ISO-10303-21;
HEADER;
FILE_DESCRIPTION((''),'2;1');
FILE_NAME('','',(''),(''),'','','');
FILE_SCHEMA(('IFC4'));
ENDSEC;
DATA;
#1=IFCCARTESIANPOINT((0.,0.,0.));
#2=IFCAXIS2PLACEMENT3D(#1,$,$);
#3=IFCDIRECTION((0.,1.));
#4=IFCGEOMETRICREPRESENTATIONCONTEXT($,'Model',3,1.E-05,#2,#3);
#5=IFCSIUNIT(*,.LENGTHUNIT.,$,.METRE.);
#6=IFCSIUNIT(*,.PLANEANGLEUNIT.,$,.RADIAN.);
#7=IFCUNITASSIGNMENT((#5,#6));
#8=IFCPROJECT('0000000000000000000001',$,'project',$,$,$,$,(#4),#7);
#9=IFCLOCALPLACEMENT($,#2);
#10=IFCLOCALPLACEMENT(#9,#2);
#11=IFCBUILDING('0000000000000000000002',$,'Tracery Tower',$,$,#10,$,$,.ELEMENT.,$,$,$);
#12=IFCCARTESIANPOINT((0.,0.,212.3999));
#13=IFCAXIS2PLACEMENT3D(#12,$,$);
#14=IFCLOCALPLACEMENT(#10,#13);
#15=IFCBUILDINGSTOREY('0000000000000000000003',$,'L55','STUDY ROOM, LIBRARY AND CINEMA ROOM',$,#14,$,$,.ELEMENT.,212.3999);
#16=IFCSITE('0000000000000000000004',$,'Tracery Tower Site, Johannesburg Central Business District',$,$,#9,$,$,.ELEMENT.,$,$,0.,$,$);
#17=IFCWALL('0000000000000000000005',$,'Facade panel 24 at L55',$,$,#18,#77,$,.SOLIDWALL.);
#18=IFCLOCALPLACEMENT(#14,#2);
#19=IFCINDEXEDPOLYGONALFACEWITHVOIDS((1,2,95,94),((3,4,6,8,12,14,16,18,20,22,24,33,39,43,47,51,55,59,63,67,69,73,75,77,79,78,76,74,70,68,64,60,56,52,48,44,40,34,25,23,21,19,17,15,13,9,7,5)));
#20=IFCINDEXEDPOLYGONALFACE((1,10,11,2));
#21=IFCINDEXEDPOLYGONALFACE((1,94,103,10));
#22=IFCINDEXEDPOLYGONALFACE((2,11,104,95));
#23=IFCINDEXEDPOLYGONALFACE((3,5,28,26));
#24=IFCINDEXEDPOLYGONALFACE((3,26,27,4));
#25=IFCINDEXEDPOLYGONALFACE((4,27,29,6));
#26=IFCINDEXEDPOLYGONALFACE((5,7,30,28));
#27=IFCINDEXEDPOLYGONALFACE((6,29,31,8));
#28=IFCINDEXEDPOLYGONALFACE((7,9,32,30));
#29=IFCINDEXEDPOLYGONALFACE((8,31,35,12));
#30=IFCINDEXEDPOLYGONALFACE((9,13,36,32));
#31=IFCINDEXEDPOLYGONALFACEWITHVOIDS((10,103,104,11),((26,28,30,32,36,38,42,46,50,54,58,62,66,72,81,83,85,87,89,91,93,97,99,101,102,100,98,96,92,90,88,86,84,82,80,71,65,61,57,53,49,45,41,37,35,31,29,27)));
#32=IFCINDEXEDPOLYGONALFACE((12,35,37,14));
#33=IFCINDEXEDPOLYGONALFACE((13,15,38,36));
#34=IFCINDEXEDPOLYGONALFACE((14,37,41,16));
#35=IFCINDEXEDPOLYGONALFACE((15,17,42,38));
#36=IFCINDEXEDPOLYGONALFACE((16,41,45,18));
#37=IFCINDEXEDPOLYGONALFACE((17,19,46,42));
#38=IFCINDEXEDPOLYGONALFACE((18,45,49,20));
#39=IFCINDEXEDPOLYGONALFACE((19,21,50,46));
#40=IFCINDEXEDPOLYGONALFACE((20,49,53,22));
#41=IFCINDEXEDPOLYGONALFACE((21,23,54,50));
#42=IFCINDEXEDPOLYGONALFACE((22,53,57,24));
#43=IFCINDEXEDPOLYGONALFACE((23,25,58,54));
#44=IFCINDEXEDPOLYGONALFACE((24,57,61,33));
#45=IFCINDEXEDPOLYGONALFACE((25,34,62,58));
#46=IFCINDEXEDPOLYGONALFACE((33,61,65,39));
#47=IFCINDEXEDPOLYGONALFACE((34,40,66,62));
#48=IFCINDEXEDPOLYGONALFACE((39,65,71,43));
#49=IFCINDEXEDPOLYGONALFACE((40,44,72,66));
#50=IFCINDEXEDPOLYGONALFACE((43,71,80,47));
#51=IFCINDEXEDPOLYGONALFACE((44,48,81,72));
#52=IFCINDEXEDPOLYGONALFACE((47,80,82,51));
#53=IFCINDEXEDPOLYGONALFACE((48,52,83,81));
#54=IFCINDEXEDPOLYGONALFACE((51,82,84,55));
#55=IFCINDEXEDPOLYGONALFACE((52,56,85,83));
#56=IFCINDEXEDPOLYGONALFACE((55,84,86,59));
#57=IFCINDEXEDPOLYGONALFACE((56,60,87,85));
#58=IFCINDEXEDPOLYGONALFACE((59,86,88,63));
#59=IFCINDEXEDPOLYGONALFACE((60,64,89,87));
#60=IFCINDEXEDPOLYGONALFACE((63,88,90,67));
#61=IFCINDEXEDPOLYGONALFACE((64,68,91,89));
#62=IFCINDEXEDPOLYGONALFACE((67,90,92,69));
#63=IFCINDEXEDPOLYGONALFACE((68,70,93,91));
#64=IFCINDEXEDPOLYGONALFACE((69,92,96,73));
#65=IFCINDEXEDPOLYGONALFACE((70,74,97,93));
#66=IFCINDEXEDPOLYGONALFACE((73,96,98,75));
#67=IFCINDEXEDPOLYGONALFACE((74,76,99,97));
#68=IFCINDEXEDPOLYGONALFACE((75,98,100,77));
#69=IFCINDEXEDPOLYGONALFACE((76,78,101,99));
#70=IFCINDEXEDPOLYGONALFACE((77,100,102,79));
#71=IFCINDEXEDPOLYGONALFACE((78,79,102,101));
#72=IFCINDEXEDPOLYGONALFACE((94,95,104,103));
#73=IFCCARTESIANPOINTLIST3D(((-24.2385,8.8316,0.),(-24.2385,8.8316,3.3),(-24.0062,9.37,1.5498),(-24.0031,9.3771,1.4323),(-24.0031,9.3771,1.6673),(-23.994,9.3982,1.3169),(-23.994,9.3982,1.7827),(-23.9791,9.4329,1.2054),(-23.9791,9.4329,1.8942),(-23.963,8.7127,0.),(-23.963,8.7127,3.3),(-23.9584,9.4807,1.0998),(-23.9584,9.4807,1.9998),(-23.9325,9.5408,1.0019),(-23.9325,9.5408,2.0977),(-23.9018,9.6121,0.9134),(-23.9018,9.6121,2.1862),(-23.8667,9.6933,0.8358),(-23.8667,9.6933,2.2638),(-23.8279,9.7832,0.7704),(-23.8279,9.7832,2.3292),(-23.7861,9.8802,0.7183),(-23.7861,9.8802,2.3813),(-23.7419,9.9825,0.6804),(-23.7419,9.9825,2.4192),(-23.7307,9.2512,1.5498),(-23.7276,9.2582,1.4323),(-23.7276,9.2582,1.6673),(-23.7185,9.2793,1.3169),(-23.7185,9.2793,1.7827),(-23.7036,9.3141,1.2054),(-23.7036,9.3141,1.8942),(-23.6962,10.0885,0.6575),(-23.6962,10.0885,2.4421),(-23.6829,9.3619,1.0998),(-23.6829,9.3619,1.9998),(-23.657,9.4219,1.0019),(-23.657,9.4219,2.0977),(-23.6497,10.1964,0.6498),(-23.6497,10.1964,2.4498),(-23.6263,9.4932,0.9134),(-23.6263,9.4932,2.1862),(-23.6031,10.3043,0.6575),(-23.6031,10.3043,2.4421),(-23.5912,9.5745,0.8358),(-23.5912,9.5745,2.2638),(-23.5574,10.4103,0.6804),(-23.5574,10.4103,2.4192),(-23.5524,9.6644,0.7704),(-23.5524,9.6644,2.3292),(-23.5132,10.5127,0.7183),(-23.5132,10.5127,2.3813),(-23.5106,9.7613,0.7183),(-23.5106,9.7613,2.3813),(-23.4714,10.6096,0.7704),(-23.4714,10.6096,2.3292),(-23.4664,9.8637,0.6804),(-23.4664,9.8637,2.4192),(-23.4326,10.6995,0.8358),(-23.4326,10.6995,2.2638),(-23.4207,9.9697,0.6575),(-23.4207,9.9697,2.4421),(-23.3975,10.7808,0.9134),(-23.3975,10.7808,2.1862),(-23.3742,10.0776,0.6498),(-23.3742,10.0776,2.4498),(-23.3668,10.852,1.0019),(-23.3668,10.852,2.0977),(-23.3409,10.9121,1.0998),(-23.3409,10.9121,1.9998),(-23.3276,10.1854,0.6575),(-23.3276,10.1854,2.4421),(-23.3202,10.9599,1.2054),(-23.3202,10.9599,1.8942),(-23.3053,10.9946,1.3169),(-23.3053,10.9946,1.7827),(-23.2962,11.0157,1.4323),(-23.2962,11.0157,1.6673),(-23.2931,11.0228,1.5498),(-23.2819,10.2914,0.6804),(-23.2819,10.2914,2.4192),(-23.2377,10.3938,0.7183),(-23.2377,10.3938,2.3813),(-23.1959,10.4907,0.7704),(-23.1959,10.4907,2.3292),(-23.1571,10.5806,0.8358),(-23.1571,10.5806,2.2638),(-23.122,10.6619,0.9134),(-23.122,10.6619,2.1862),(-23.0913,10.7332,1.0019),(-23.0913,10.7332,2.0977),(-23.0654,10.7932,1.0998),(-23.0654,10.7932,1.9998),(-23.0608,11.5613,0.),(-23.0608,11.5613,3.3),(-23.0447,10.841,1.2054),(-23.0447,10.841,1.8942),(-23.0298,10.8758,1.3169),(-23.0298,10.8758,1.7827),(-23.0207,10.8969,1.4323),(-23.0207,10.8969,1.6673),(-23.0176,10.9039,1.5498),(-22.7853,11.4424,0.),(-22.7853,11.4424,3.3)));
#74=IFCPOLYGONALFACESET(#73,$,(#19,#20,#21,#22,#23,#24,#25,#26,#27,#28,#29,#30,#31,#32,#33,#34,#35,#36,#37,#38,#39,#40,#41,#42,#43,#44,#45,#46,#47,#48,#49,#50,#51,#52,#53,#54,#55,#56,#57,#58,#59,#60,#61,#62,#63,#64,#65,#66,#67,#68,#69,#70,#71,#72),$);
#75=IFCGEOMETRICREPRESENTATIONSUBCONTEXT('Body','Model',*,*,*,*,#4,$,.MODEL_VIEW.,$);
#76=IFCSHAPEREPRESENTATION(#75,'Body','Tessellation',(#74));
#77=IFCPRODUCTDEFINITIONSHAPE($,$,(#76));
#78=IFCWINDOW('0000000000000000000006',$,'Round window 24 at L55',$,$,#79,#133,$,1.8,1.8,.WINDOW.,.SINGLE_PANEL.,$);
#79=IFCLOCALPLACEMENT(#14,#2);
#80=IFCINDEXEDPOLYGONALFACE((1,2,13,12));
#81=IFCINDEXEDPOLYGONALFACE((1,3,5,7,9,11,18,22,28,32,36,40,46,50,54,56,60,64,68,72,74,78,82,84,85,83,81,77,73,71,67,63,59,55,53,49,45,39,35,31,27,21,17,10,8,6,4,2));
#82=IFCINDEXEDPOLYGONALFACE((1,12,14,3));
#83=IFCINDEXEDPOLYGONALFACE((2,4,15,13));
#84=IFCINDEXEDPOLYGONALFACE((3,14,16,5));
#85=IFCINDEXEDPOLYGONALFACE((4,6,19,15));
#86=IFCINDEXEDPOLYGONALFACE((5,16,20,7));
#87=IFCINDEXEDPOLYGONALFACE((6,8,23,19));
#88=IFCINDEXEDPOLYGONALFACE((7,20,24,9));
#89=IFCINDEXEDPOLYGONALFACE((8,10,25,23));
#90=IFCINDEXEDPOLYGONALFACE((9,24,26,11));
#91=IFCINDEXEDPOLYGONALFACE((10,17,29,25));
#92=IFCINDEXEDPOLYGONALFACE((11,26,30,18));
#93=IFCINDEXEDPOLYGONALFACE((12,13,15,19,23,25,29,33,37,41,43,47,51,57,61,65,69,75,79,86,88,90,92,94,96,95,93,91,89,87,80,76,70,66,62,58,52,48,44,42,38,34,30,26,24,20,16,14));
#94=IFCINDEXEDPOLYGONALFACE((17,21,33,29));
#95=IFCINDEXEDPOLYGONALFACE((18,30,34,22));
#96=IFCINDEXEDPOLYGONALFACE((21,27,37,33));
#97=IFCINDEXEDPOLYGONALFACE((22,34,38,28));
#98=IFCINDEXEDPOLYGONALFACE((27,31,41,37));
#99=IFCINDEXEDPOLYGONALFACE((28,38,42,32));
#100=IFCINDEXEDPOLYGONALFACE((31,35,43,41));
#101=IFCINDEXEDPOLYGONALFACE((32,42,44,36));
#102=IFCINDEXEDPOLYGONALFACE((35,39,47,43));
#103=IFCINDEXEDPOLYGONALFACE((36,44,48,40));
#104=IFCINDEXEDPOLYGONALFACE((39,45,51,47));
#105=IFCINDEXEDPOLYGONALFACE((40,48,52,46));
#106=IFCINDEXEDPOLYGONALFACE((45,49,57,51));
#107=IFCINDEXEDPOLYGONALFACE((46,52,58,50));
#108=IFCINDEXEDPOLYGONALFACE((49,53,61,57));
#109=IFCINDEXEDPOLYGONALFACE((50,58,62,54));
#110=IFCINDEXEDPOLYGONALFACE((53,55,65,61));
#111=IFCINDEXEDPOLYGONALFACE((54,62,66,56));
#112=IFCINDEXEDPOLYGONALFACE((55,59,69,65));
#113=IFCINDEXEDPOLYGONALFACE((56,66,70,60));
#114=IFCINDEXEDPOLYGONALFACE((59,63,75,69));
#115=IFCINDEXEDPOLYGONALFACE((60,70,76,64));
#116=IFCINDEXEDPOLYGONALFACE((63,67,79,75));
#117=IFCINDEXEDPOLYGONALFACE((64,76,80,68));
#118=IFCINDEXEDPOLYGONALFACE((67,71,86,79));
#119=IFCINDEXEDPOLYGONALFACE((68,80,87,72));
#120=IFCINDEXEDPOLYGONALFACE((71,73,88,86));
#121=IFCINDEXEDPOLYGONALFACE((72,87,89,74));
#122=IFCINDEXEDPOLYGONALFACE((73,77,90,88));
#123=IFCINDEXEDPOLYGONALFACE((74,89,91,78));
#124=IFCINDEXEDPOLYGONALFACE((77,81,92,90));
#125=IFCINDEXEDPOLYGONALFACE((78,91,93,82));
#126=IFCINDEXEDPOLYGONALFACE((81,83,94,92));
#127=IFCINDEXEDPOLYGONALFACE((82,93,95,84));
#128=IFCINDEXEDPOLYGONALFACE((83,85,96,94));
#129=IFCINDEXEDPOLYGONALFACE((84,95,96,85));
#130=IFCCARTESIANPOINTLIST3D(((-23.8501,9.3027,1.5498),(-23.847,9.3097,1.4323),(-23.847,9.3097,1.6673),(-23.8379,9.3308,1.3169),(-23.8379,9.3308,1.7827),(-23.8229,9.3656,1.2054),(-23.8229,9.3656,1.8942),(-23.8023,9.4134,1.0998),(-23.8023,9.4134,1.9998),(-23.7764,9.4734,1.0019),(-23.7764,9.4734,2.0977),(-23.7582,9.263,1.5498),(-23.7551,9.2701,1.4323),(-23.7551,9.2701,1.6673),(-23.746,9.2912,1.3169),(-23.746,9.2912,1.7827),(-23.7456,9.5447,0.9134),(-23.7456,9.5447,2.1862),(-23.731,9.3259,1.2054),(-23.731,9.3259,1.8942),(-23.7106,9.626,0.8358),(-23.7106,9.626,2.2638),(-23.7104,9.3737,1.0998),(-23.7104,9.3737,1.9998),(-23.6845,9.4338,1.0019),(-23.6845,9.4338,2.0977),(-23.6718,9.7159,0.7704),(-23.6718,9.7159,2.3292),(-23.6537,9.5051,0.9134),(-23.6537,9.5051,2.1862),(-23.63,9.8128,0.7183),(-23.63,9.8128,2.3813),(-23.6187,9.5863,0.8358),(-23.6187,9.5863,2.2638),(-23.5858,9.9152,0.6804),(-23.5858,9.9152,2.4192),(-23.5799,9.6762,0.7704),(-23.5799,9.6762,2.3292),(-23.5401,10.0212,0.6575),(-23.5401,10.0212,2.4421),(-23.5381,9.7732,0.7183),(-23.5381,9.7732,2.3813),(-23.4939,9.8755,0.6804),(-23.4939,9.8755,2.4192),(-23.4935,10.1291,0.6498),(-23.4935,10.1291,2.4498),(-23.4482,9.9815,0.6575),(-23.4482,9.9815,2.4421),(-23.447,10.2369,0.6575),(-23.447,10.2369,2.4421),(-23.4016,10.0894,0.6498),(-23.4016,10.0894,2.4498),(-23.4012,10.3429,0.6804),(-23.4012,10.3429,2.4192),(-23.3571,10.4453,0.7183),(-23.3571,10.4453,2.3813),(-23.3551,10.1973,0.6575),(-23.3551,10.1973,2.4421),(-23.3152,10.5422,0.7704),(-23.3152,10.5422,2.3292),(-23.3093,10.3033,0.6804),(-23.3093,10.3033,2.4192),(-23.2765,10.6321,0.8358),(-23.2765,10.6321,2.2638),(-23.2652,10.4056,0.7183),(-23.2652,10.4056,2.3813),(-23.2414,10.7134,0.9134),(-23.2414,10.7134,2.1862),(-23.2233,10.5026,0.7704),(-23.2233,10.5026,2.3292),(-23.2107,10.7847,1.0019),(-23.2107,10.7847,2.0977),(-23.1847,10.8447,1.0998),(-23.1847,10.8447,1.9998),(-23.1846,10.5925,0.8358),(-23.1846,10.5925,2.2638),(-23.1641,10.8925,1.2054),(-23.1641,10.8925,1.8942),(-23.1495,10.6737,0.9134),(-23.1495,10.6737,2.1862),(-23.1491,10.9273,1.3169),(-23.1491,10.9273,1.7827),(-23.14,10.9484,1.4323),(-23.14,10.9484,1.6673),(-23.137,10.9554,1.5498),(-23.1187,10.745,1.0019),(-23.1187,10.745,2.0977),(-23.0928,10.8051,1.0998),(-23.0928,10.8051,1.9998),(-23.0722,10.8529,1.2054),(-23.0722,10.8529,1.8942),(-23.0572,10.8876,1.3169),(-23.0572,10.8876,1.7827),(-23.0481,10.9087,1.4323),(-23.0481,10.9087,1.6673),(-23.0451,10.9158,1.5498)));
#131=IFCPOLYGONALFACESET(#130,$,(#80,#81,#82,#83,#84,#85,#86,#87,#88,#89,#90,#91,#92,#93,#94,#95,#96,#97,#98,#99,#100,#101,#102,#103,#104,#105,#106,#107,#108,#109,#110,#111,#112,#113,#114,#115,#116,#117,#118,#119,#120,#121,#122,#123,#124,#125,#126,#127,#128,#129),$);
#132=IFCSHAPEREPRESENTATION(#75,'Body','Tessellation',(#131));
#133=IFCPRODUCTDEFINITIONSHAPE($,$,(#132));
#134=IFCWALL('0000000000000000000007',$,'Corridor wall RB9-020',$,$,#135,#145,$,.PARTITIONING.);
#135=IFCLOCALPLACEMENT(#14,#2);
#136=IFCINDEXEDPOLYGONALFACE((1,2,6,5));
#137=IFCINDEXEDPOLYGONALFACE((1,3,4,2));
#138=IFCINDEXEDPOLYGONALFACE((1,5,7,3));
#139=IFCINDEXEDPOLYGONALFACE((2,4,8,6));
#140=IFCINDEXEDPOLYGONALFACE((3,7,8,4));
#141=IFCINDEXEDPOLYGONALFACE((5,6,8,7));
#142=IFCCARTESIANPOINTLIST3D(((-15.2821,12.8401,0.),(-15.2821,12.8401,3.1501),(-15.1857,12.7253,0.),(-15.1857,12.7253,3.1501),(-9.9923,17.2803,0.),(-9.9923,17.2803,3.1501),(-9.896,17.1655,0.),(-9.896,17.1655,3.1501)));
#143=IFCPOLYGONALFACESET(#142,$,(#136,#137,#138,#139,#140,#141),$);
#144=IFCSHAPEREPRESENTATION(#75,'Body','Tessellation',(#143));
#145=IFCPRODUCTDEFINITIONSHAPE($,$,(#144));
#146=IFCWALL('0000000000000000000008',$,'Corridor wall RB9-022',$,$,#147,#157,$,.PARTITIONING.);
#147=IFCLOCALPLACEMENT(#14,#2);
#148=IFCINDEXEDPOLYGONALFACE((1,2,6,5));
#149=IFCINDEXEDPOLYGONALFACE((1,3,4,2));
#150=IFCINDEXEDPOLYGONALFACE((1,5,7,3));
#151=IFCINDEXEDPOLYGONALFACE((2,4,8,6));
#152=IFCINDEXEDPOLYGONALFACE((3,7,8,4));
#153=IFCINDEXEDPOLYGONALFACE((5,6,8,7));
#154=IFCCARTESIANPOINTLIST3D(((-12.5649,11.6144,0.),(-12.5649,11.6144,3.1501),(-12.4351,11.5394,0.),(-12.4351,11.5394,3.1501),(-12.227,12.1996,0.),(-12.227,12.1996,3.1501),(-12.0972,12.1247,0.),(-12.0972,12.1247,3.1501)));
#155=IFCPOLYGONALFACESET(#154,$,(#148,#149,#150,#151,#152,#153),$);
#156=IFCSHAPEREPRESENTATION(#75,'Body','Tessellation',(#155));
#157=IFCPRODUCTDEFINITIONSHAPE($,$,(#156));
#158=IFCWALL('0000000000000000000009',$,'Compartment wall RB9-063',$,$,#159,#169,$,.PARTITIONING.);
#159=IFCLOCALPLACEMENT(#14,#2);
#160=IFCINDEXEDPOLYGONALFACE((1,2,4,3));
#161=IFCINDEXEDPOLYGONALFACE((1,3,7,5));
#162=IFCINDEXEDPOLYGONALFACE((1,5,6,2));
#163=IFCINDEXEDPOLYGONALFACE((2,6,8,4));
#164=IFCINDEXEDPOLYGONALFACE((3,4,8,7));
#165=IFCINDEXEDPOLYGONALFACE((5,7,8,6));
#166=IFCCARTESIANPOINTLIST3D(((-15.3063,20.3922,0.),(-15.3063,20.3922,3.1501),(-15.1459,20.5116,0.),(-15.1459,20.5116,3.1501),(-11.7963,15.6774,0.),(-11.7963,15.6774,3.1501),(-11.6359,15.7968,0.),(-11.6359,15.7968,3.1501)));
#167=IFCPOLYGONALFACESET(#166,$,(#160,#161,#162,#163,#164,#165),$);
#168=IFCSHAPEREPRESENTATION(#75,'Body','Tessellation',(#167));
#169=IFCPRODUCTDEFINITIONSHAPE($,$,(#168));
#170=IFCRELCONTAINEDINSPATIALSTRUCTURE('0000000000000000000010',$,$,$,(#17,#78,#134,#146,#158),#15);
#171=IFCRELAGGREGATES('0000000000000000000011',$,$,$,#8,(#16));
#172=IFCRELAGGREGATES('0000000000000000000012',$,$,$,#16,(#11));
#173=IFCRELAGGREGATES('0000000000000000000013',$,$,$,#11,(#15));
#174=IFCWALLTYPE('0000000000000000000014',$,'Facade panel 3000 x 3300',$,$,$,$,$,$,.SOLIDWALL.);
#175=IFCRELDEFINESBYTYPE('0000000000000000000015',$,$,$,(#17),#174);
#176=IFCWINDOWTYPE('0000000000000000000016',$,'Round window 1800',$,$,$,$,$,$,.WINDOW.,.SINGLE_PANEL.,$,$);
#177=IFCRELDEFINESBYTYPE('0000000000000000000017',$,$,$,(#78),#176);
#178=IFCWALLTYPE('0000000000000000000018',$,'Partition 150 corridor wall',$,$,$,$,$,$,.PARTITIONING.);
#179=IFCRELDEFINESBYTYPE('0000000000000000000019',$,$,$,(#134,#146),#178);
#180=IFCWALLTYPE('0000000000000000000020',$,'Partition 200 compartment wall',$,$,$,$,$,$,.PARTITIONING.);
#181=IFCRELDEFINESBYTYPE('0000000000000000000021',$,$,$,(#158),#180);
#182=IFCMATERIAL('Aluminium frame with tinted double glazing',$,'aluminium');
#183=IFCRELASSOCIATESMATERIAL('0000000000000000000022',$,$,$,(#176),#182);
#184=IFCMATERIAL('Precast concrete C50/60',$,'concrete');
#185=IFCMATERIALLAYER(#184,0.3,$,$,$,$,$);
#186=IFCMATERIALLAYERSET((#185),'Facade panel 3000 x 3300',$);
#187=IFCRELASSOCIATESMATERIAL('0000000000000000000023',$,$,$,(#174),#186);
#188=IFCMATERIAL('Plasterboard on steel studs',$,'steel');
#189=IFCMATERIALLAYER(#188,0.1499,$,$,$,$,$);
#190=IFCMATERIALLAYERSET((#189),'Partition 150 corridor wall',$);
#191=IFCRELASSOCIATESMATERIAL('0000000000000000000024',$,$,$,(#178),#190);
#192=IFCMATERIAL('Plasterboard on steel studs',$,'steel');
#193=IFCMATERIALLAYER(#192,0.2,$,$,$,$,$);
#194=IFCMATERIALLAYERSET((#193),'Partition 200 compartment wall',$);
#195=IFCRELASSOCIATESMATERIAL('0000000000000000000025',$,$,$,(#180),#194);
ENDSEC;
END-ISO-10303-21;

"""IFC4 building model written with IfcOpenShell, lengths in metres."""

from ifc_helpers import new_model, si_unit, direction, frame, frame_2d, origin, origin_2d, place, context, subcontext, project, spatial, rectangle, circle, extrude, material, layer, layer_set, type_object, element, fill, save


model = new_model("IFC4")

# Units and contexts
model_context = context("Model", 3, precision=1e-05, world=origin(), true_north=direction((0.0, 1.0)))
body_context = subcontext(model_context, "Body", "Model", "MODEL_VIEW")
ifc_project = project(units=[si_unit("LENGTHUNIT", "METRE"), si_unit("PLANEANGLEUNIT", "RADIAN")], contexts=[model_context])

# Site, building, storey
site_placement = place(None, origin())
site = spatial("IfcSite", under=ifc_project, at=site_placement, Name="Tracery Tower Site, Johannesburg Central Business District", CompositionType="ELEMENT", RefElevation=0.0)
building_placement = place(site_placement, origin())
building = spatial("IfcBuilding", under=site, at=building_placement, Name="Tracery Tower", CompositionType="ELEMENT")
storey_placement = place(building_placement, frame((0.0, 0.0, 212.3999)))
storey = spatial("IfcBuildingStorey", under=building, at=storey_placement, Name="L55", Description="STUDY ROOM, LIBRARY AND CINEMA ROOM", CompositionType="ELEMENT", Elevation=212.3999)

# Wall, opening, window
ifc_material_1 = material(Name="Aluminium frame with tinted double glazing", Category="aluminium")
window_type = type_object("IfcWindowType", Name="Round window 1800", PartitioningType="SINGLE_PANEL", PredefinedType="WINDOW", material=ifc_material_1)
ifc_material_2 = material(Name="Precast concrete C50/60", Category="concrete")
ifc_layer_1 = layer(ifc_material_2, 0.3)
ifc_layer_set_1 = layer_set([ifc_layer_1], Name="Facade panel 3000 x 3300")
wall_type_1 = type_object("IfcWallType", Name="Facade panel 3000 x 3300", PredefinedType="SOLIDWALL", material=ifc_layer_set_1)
wall_1_placement = place(storey_placement, frame((-22.9231, 11.5017, 0.0), z_axis=(0.0, 0.0, 1.0), x_axis=(-0.396148, -0.918187, 0.0)))
wall_1 = element("IfcWall", 1, at=wall_1_placement, inside=storey, type_object=wall_type_1, Name="Facade panel 24 at L55", PredefinedType="SOLIDWALL", context=body_context, shape_type="SweptSolid", body=[
    extrude(rectangle(XDim=2.9729, YDim=0.3, at=frame_2d((1.4863, 0.0))), origin(), (0.0, 0.0, 1.0), 3.3),
])
opening_1_placement = place(wall_1_placement, frame((1.4863, 0.0, 1.5498)))
opening_1 = element("IfcOpeningElement", 2, at=opening_1_placement, cuts=wall_1, PredefinedType="OPENING", context=body_context, shape_type="SweptSolid", body=[
    extrude(circle(Radius=0.9, at=origin_2d()), frame((0.0, 0.1599, 0.0), z_axis=(0.0, -1.0, 0.0), x_axis=(1.0, 0.0, 0.0)), (0.0, 0.0, 1.0), 0.3201),
])
window_1_placement = place(opening_1_placement, origin())
window_1 = element("IfcWindow", 3, at=window_1_placement, inside=storey, type_object=window_type, Name="Round window 24 at L55", OverallHeight=1.8, OverallWidth=1.8, PartitioningType="SINGLE_PANEL", PredefinedType="WINDOW", context=body_context, shape_type="SweptSolid", body=[
    extrude(circle(Radius=0.9, at=origin_2d()), frame((0.0, 0.1201, 0.0), z_axis=(0.0, -1.0, 0.0), x_axis=(1.0, 0.0, 0.0)), (0.0, 0.0, 1.0), 0.1001),
])
fill(opening_1, window_1)

# Walls
ifc_material_3 = material(Name="Plasterboard on steel studs", Category="steel")
ifc_layer_2 = layer(ifc_material_3, 0.1499)
ifc_layer_set_2 = layer_set([ifc_layer_2], Name="Partition 150 corridor wall")
wall_type_2 = type_object("IfcWallType", Name="Partition 150 corridor wall", PredefinedType="PARTITIONING", material=ifc_layer_set_2)
wall_2_placement = place(storey_placement, frame((-15.2339, 12.7827, 0.0), z_axis=(0.0, 0.0, 1.0), x_axis=(0.765936, 0.642917, 0.0)))
element("IfcWall", 4, at=wall_2_placement, inside=storey, type_object=wall_type_2, Name="Corridor wall RB9-020", PredefinedType="PARTITIONING", context=body_context, shape_type="SweptSolid", body=[
    extrude(rectangle(XDim=6.9062, YDim=0.1499, at=frame_2d((3.4531, 0.0))), origin(), (0.0, 0.0, 1.0), 3.1501),
])
wall_3_placement = place(storey_placement, frame((-12.5, 11.5769, 0.0), z_axis=(0.0, 0.0, 1.0), x_axis=(0.500025, 0.866011, 0.0)))
element("IfcWall", 5, at=wall_3_placement, inside=storey, type_object=wall_type_2, Name="Corridor wall RB9-022", PredefinedType="PARTITIONING", context=body_context, shape_type="SweptSolid", body=[
    extrude(rectangle(XDim=0.6758, YDim=0.1499, at=frame_2d((0.3379, 0.0))), origin(), (0.0, 0.0, 1.0), 3.1501),
])
ifc_material_4 = material(Name="Plasterboard on steel studs", Category="steel")
ifc_layer_3 = layer(ifc_material_4, 0.2)
ifc_layer_set_3 = layer_set([ifc_layer_3], Name="Partition 200 compartment wall")
wall_type_3 = type_object("IfcWallType", Name="Partition 200 compartment wall", PredefinedType="PARTITIONING", material=ifc_layer_set_3)
wall_4_placement = place(storey_placement, frame((-15.2261, 20.4519, 0.0), z_axis=(0.0, 0.0, 1.0), x_axis=(0.597152, -0.802128, 0.0)))
element("IfcWall", 6, at=wall_4_placement, inside=storey, type_object=wall_type_3, Name="Compartment wall RB9-063", PredefinedType="PARTITIONING", context=body_context, shape_type="SweptSolid", body=[
    extrude(rectangle(XDim=5.8779, YDim=0.2, at=frame_2d((2.939, 0.0))), origin(), (0.0, 0.0, 1.0), 3.1501),
])

save(model, "model.ifc")
